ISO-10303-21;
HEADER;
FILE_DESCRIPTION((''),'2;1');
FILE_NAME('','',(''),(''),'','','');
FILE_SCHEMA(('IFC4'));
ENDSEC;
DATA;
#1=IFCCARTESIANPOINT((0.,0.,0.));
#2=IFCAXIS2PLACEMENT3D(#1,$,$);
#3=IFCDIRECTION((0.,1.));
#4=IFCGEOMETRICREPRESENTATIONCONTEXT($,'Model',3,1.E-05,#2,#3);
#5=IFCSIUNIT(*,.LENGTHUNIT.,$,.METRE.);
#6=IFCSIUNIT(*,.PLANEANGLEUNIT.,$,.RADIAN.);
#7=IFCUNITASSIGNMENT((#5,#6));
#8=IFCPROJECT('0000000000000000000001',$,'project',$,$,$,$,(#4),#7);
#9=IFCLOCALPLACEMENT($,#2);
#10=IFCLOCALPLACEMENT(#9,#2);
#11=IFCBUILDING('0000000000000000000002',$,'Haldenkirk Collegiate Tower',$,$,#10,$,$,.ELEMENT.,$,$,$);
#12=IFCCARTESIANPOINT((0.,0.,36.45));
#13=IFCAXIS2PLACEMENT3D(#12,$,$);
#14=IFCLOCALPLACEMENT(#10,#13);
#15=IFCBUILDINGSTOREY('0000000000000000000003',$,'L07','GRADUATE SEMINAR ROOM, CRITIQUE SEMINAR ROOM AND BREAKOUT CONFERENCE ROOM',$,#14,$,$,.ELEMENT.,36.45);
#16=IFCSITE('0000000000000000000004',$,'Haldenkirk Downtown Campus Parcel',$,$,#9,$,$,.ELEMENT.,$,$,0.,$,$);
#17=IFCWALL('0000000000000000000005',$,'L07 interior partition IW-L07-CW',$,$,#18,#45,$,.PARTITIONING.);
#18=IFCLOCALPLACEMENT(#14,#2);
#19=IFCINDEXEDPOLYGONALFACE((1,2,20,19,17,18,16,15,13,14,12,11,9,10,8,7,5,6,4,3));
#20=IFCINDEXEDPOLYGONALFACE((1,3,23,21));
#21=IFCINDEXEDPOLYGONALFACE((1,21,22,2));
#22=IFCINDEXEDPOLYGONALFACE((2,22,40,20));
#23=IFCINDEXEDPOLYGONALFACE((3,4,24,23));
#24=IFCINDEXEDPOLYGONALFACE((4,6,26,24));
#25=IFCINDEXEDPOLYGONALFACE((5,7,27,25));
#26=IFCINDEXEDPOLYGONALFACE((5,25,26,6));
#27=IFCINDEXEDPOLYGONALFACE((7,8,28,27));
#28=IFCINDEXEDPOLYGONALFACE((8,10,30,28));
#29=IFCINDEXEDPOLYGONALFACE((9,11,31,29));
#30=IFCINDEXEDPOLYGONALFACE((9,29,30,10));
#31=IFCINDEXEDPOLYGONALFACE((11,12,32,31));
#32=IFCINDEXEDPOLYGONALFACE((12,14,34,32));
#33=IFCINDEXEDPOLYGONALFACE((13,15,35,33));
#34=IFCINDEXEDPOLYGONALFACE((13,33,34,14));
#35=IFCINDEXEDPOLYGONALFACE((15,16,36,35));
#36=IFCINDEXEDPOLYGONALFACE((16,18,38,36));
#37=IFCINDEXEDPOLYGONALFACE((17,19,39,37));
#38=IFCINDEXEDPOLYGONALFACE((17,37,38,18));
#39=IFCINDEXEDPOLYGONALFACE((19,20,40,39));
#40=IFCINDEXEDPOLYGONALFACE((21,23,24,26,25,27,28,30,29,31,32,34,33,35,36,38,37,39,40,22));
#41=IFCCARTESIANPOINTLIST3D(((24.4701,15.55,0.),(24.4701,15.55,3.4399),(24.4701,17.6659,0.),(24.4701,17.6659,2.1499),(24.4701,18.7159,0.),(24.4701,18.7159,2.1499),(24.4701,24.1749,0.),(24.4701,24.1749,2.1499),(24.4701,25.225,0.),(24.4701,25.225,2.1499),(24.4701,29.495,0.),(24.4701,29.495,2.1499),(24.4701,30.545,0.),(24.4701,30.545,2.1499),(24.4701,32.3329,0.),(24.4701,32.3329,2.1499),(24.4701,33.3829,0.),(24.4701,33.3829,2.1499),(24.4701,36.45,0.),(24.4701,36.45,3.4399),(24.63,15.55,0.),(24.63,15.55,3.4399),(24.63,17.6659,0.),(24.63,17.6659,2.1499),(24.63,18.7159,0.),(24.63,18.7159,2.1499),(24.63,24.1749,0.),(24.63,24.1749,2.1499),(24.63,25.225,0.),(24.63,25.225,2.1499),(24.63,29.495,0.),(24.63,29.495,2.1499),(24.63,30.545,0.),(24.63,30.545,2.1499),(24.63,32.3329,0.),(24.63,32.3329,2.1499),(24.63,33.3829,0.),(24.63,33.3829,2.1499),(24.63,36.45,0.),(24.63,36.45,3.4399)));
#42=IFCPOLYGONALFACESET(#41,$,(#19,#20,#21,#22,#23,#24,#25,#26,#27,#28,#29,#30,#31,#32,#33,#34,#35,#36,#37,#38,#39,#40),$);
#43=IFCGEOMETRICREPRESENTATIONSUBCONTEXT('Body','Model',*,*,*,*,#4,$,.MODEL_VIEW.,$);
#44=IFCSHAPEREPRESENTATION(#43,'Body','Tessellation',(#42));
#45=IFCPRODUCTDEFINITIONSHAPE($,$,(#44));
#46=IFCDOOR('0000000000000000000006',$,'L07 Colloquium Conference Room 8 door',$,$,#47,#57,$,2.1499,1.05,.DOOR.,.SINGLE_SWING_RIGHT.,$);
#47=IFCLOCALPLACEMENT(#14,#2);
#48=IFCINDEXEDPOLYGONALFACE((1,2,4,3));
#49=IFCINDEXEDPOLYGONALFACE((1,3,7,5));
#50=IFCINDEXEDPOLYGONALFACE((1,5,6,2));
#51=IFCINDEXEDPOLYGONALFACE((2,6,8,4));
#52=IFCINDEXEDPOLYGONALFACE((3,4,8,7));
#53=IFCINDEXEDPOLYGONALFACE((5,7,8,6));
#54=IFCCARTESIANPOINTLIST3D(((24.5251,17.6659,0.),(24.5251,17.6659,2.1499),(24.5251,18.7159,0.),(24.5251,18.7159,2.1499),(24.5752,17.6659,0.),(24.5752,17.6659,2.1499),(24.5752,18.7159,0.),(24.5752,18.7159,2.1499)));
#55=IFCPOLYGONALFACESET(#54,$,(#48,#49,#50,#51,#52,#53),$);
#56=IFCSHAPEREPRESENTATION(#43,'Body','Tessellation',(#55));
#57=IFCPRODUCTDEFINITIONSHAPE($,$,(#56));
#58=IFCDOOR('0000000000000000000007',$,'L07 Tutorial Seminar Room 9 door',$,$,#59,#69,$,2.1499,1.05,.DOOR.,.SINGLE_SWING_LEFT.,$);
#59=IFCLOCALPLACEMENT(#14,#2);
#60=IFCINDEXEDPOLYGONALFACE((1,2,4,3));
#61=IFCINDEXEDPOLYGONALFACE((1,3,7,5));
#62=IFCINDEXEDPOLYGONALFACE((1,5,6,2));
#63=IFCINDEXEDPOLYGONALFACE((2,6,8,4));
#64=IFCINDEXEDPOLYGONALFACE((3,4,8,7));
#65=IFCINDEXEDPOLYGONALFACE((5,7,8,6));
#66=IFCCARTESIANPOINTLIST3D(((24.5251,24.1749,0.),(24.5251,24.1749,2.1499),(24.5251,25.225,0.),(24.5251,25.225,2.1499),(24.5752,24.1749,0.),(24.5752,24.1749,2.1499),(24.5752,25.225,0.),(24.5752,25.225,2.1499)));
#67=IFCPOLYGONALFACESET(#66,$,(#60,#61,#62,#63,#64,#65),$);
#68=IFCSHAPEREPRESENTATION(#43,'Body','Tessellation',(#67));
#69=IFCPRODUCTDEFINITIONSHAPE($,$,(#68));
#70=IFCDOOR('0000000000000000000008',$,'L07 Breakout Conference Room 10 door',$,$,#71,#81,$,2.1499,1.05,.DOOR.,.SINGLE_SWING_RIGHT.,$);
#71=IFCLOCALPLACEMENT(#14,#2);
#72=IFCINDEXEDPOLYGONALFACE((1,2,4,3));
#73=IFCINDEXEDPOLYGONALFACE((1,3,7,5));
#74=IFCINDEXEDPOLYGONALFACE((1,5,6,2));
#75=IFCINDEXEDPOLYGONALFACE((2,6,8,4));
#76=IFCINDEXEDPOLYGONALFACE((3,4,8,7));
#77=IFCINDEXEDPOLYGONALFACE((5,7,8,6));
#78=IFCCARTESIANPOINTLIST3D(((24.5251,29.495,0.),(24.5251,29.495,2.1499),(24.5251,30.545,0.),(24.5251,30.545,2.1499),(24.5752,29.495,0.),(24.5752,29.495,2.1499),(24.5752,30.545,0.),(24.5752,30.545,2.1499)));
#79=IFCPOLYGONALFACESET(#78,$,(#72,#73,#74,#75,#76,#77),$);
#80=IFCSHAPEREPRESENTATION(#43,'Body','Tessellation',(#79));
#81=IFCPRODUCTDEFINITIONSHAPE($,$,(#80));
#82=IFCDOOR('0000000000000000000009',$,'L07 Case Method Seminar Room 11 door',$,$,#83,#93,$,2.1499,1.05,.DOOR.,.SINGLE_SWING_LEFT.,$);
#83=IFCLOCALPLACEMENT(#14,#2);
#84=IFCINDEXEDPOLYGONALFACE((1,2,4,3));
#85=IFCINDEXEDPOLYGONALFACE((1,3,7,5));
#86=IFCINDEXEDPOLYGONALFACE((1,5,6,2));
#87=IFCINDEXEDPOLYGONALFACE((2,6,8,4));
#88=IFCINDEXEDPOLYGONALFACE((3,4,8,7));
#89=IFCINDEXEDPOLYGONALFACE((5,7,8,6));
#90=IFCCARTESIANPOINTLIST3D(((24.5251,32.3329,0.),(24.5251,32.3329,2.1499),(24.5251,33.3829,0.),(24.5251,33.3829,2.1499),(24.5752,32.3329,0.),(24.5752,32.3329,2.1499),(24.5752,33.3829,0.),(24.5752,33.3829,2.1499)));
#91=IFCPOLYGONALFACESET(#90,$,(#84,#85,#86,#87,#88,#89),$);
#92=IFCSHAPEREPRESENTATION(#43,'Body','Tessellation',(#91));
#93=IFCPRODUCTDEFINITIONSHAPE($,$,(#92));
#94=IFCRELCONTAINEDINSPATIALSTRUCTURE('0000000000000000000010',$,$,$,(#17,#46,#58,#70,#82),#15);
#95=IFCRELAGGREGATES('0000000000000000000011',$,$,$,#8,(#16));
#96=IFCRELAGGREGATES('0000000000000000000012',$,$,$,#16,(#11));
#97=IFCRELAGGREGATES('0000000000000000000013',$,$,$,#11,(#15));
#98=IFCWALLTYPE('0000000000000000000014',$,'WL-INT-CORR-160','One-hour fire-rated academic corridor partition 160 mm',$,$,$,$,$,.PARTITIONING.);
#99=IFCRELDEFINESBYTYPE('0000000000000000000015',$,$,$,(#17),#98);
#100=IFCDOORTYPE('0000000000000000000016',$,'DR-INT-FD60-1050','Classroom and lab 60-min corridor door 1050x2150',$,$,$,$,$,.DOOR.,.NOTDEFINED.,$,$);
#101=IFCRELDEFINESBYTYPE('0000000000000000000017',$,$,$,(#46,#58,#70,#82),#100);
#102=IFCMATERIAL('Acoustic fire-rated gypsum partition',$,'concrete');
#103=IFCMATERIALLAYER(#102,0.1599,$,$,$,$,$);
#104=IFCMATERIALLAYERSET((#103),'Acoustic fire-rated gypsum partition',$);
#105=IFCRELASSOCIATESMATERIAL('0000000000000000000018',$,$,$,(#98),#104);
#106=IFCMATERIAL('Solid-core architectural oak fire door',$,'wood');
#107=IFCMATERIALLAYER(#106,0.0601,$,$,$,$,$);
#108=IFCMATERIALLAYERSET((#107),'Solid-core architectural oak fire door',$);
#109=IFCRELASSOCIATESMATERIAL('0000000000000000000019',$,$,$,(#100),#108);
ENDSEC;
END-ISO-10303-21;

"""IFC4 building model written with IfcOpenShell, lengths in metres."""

from ifc_helpers import new_model, si_unit, direction, frame, frame_2d, origin, place, context, subcontext, project, spatial, rectangle, extrude, material, layer, layer_set, type_object, element, fill, save


model = new_model("IFC4")

# Units and contexts
model_context = context("Model", 3, precision=1e-05, world=origin(), true_north=direction((0.0, 1.0)))
body_context = subcontext(model_context, "Body", "Model", "MODEL_VIEW")
ifc_project = project(units=[si_unit("LENGTHUNIT", "METRE"), si_unit("PLANEANGLEUNIT", "RADIAN")], contexts=[model_context])

# Site, building, storey
site_placement = place(None, origin())
site = spatial("IfcSite", under=ifc_project, at=site_placement, Name="Haldenkirk Downtown Campus Parcel", CompositionType="ELEMENT", RefElevation=0.0)
building_placement = place(site_placement, origin())
building = spatial("IfcBuilding", under=site, at=building_placement, Name="Haldenkirk Collegiate Tower", CompositionType="ELEMENT")
storey_placement = place(building_placement, frame((0.0, 0.0, 36.45)))
storey = spatial("IfcBuildingStorey", under=building, at=storey_placement, Name="L07", Description="GRADUATE SEMINAR ROOM, CRITIQUE SEMINAR ROOM AND BREAKOUT CONFERENCE ROOM", CompositionType="ELEMENT", Elevation=36.45)

# Wall, openings, doors
ifc_material_1 = material(Name="Acoustic fire-rated gypsum partition", Category="concrete")
ifc_layer_1 = layer(ifc_material_1, 0.1599)
ifc_layer_set_1 = layer_set([ifc_layer_1], Name="Acoustic fire-rated gypsum partition")
wall_type = type_object("IfcWallType", Name="WL-INT-CORR-160", Description="One-hour fire-rated academic corridor partition 160 mm", PredefinedType="PARTITIONING", material=ifc_layer_set_1)
ifc_material_2 = material(Name="Solid-core architectural oak fire door", Category="wood")
ifc_layer_2 = layer(ifc_material_2, 0.0601)
ifc_layer_set_2 = layer_set([ifc_layer_2], Name="Solid-core architectural oak fire door")
door_type_1 = type_object("IfcDoorType", Name="DR-INT-FD60-1050", Description="Classroom and lab 60-min corridor door 1050x2150", OperationType="NOTDEFINED", PredefinedType="DOOR", material=ifc_layer_set_2)
wall_1_placement = place(storey_placement, frame((24.55, 15.55, 0.0), z_axis=(0.0, 0.0, 1.0), x_axis=(0.0, 1.0, 0.0)))
wall_1 = element("IfcWall", 1, at=wall_1_placement, inside=storey, type_object=wall_type, Name="L07 interior partition IW-L07-CW", PredefinedType="PARTITIONING", context=body_context, shape_type="SweptSolid", body=[
    extrude(rectangle(XDim=20.8999, YDim=0.1599, at=frame_2d((10.45, 0.0))), origin(), (0.0, 0.0, 1.0), 3.4399),
])
opening_1_placement = place(wall_1_placement, frame((2.116, 0.0, 0.0)))
opening_1 = element("IfcOpeningElement", 2, at=opening_1_placement, cuts=wall_1, PredefinedType="OPENING", context=body_context, shape_type="SweptSolid", body=[
    extrude(rectangle(XDim=1.05, YDim=2.1499, at=frame_2d((0.5249, 1.075))), frame((0.0, 0.0898, 0.0), z_axis=(0.0, -1.0, 0.0), x_axis=(1.0, 0.0, 0.0)), (0.0, 0.0, 1.0), 0.1799),
])
opening_2_placement = place(wall_1_placement, frame((8.625, 0.0, 0.0)))
opening_2 = element("IfcOpeningElement", 3, at=opening_2_placement, cuts=wall_1, PredefinedType="OPENING", context=body_context, shape_type="SweptSolid", body=[
    extrude(rectangle(XDim=1.05, YDim=2.1499, at=frame_2d((0.5249, 1.075))), frame((0.0, 0.0898, 0.0), z_axis=(0.0, -1.0, 0.0), x_axis=(1.0, 0.0, 0.0)), (0.0, 0.0, 1.0), 0.1799),
])
opening_3_placement = place(wall_1_placement, frame((13.9451, 0.0, 0.0)))
opening_3 = element("IfcOpeningElement", 4, at=opening_3_placement, cuts=wall_1, PredefinedType="OPENING", context=body_context, shape_type="SweptSolid", body=[
    extrude(rectangle(XDim=1.05, YDim=2.1499, at=frame_2d((0.5249, 1.075))), frame((0.0, 0.0898, 0.0), z_axis=(0.0, -1.0, 0.0), x_axis=(1.0, 0.0, 0.0)), (0.0, 0.0, 1.0), 0.1799),
])
opening_4_placement = place(wall_1_placement, frame((16.783, 0.0, 0.0)))
opening_4 = element("IfcOpeningElement", 5, at=opening_4_placement, cuts=wall_1, PredefinedType="OPENING", context=body_context, shape_type="SweptSolid", body=[
    extrude(rectangle(XDim=1.05, YDim=2.1499, at=frame_2d((0.5249, 1.075))), frame((0.0, 0.0898, 0.0), z_axis=(0.0, -1.0, 0.0), x_axis=(1.0, 0.0, 0.0)), (0.0, 0.0, 1.0), 0.1799),
])
door_1_placement = place(opening_1_placement, origin())
door_1 = element("IfcDoor", 6, at=door_1_placement, inside=storey, type_object=door_type_1, Name="L07 Colloquium Conference Room 8 door", OperationType="SINGLE_SWING_RIGHT", OverallHeight=2.1499, OverallWidth=1.05, PredefinedType="DOOR", context=body_context, shape_type="SweptSolid", body=[
    extrude(rectangle(XDim=1.05, YDim=2.1499, at=frame_2d((0.5249, 1.075))), frame((0.0, 0.0249, 0.0), z_axis=(0.0, -1.0, 0.0), x_axis=(1.0, 0.0, 0.0)), (0.0, 0.0, 1.0), 0.05),
])
fill(opening_1, door_1)
door_2_placement = place(opening_2_placement, origin())
door_2 = element("IfcDoor", 7, at=door_2_placement, inside=storey, type_object=door_type_1, Name="L07 Tutorial Seminar Room 9 door", OperationType="SINGLE_SWING_LEFT", OverallHeight=2.1499, OverallWidth=1.05, PredefinedType="DOOR", context=body_context, shape_type="SweptSolid", body=[
    extrude(rectangle(XDim=1.05, YDim=2.1499, at=frame_2d((0.5249, 1.075))), frame((0.0, 0.0249, 0.0), z_axis=(0.0, -1.0, 0.0), x_axis=(1.0, 0.0, 0.0)), (0.0, 0.0, 1.0), 0.05),
])
fill(opening_2, door_2)
door_3_placement = place(opening_3_placement, origin())
door_3 = element("IfcDoor", 8, at=door_3_placement, inside=storey, type_object=door_type_1, Name="L07 Breakout Conference Room 10 door", OperationType="SINGLE_SWING_RIGHT", OverallHeight=2.1499, OverallWidth=1.05, PredefinedType="DOOR", context=body_context, shape_type="SweptSolid", body=[
    extrude(rectangle(XDim=1.05, YDim=2.1499, at=frame_2d((0.5249, 1.075))), frame((0.0, 0.0249, 0.0), z_axis=(0.0, -1.0, 0.0), x_axis=(1.0, 0.0, 0.0)), (0.0, 0.0, 1.0), 0.05),
])
fill(opening_3, door_3)
door_4_placement = place(opening_4_placement, origin())
door_4 = element("IfcDoor", 9, at=door_4_placement, inside=storey, type_object=door_type_1, Name="L07 Case Method Seminar Room 11 door", OperationType="SINGLE_SWING_LEFT", OverallHeight=2.1499, OverallWidth=1.05, PredefinedType="DOOR", context=body_context, shape_type="SweptSolid", body=[
    extrude(rectangle(XDim=1.05, YDim=2.1499, at=frame_2d((0.5249, 1.075))), frame((0.0, 0.0249, 0.0), z_axis=(0.0, -1.0, 0.0), x_axis=(1.0, 0.0, 0.0)), (0.0, 0.0, 1.0), 0.05),
])
fill(opening_4, door_4)

save(model, "model.ifc")
